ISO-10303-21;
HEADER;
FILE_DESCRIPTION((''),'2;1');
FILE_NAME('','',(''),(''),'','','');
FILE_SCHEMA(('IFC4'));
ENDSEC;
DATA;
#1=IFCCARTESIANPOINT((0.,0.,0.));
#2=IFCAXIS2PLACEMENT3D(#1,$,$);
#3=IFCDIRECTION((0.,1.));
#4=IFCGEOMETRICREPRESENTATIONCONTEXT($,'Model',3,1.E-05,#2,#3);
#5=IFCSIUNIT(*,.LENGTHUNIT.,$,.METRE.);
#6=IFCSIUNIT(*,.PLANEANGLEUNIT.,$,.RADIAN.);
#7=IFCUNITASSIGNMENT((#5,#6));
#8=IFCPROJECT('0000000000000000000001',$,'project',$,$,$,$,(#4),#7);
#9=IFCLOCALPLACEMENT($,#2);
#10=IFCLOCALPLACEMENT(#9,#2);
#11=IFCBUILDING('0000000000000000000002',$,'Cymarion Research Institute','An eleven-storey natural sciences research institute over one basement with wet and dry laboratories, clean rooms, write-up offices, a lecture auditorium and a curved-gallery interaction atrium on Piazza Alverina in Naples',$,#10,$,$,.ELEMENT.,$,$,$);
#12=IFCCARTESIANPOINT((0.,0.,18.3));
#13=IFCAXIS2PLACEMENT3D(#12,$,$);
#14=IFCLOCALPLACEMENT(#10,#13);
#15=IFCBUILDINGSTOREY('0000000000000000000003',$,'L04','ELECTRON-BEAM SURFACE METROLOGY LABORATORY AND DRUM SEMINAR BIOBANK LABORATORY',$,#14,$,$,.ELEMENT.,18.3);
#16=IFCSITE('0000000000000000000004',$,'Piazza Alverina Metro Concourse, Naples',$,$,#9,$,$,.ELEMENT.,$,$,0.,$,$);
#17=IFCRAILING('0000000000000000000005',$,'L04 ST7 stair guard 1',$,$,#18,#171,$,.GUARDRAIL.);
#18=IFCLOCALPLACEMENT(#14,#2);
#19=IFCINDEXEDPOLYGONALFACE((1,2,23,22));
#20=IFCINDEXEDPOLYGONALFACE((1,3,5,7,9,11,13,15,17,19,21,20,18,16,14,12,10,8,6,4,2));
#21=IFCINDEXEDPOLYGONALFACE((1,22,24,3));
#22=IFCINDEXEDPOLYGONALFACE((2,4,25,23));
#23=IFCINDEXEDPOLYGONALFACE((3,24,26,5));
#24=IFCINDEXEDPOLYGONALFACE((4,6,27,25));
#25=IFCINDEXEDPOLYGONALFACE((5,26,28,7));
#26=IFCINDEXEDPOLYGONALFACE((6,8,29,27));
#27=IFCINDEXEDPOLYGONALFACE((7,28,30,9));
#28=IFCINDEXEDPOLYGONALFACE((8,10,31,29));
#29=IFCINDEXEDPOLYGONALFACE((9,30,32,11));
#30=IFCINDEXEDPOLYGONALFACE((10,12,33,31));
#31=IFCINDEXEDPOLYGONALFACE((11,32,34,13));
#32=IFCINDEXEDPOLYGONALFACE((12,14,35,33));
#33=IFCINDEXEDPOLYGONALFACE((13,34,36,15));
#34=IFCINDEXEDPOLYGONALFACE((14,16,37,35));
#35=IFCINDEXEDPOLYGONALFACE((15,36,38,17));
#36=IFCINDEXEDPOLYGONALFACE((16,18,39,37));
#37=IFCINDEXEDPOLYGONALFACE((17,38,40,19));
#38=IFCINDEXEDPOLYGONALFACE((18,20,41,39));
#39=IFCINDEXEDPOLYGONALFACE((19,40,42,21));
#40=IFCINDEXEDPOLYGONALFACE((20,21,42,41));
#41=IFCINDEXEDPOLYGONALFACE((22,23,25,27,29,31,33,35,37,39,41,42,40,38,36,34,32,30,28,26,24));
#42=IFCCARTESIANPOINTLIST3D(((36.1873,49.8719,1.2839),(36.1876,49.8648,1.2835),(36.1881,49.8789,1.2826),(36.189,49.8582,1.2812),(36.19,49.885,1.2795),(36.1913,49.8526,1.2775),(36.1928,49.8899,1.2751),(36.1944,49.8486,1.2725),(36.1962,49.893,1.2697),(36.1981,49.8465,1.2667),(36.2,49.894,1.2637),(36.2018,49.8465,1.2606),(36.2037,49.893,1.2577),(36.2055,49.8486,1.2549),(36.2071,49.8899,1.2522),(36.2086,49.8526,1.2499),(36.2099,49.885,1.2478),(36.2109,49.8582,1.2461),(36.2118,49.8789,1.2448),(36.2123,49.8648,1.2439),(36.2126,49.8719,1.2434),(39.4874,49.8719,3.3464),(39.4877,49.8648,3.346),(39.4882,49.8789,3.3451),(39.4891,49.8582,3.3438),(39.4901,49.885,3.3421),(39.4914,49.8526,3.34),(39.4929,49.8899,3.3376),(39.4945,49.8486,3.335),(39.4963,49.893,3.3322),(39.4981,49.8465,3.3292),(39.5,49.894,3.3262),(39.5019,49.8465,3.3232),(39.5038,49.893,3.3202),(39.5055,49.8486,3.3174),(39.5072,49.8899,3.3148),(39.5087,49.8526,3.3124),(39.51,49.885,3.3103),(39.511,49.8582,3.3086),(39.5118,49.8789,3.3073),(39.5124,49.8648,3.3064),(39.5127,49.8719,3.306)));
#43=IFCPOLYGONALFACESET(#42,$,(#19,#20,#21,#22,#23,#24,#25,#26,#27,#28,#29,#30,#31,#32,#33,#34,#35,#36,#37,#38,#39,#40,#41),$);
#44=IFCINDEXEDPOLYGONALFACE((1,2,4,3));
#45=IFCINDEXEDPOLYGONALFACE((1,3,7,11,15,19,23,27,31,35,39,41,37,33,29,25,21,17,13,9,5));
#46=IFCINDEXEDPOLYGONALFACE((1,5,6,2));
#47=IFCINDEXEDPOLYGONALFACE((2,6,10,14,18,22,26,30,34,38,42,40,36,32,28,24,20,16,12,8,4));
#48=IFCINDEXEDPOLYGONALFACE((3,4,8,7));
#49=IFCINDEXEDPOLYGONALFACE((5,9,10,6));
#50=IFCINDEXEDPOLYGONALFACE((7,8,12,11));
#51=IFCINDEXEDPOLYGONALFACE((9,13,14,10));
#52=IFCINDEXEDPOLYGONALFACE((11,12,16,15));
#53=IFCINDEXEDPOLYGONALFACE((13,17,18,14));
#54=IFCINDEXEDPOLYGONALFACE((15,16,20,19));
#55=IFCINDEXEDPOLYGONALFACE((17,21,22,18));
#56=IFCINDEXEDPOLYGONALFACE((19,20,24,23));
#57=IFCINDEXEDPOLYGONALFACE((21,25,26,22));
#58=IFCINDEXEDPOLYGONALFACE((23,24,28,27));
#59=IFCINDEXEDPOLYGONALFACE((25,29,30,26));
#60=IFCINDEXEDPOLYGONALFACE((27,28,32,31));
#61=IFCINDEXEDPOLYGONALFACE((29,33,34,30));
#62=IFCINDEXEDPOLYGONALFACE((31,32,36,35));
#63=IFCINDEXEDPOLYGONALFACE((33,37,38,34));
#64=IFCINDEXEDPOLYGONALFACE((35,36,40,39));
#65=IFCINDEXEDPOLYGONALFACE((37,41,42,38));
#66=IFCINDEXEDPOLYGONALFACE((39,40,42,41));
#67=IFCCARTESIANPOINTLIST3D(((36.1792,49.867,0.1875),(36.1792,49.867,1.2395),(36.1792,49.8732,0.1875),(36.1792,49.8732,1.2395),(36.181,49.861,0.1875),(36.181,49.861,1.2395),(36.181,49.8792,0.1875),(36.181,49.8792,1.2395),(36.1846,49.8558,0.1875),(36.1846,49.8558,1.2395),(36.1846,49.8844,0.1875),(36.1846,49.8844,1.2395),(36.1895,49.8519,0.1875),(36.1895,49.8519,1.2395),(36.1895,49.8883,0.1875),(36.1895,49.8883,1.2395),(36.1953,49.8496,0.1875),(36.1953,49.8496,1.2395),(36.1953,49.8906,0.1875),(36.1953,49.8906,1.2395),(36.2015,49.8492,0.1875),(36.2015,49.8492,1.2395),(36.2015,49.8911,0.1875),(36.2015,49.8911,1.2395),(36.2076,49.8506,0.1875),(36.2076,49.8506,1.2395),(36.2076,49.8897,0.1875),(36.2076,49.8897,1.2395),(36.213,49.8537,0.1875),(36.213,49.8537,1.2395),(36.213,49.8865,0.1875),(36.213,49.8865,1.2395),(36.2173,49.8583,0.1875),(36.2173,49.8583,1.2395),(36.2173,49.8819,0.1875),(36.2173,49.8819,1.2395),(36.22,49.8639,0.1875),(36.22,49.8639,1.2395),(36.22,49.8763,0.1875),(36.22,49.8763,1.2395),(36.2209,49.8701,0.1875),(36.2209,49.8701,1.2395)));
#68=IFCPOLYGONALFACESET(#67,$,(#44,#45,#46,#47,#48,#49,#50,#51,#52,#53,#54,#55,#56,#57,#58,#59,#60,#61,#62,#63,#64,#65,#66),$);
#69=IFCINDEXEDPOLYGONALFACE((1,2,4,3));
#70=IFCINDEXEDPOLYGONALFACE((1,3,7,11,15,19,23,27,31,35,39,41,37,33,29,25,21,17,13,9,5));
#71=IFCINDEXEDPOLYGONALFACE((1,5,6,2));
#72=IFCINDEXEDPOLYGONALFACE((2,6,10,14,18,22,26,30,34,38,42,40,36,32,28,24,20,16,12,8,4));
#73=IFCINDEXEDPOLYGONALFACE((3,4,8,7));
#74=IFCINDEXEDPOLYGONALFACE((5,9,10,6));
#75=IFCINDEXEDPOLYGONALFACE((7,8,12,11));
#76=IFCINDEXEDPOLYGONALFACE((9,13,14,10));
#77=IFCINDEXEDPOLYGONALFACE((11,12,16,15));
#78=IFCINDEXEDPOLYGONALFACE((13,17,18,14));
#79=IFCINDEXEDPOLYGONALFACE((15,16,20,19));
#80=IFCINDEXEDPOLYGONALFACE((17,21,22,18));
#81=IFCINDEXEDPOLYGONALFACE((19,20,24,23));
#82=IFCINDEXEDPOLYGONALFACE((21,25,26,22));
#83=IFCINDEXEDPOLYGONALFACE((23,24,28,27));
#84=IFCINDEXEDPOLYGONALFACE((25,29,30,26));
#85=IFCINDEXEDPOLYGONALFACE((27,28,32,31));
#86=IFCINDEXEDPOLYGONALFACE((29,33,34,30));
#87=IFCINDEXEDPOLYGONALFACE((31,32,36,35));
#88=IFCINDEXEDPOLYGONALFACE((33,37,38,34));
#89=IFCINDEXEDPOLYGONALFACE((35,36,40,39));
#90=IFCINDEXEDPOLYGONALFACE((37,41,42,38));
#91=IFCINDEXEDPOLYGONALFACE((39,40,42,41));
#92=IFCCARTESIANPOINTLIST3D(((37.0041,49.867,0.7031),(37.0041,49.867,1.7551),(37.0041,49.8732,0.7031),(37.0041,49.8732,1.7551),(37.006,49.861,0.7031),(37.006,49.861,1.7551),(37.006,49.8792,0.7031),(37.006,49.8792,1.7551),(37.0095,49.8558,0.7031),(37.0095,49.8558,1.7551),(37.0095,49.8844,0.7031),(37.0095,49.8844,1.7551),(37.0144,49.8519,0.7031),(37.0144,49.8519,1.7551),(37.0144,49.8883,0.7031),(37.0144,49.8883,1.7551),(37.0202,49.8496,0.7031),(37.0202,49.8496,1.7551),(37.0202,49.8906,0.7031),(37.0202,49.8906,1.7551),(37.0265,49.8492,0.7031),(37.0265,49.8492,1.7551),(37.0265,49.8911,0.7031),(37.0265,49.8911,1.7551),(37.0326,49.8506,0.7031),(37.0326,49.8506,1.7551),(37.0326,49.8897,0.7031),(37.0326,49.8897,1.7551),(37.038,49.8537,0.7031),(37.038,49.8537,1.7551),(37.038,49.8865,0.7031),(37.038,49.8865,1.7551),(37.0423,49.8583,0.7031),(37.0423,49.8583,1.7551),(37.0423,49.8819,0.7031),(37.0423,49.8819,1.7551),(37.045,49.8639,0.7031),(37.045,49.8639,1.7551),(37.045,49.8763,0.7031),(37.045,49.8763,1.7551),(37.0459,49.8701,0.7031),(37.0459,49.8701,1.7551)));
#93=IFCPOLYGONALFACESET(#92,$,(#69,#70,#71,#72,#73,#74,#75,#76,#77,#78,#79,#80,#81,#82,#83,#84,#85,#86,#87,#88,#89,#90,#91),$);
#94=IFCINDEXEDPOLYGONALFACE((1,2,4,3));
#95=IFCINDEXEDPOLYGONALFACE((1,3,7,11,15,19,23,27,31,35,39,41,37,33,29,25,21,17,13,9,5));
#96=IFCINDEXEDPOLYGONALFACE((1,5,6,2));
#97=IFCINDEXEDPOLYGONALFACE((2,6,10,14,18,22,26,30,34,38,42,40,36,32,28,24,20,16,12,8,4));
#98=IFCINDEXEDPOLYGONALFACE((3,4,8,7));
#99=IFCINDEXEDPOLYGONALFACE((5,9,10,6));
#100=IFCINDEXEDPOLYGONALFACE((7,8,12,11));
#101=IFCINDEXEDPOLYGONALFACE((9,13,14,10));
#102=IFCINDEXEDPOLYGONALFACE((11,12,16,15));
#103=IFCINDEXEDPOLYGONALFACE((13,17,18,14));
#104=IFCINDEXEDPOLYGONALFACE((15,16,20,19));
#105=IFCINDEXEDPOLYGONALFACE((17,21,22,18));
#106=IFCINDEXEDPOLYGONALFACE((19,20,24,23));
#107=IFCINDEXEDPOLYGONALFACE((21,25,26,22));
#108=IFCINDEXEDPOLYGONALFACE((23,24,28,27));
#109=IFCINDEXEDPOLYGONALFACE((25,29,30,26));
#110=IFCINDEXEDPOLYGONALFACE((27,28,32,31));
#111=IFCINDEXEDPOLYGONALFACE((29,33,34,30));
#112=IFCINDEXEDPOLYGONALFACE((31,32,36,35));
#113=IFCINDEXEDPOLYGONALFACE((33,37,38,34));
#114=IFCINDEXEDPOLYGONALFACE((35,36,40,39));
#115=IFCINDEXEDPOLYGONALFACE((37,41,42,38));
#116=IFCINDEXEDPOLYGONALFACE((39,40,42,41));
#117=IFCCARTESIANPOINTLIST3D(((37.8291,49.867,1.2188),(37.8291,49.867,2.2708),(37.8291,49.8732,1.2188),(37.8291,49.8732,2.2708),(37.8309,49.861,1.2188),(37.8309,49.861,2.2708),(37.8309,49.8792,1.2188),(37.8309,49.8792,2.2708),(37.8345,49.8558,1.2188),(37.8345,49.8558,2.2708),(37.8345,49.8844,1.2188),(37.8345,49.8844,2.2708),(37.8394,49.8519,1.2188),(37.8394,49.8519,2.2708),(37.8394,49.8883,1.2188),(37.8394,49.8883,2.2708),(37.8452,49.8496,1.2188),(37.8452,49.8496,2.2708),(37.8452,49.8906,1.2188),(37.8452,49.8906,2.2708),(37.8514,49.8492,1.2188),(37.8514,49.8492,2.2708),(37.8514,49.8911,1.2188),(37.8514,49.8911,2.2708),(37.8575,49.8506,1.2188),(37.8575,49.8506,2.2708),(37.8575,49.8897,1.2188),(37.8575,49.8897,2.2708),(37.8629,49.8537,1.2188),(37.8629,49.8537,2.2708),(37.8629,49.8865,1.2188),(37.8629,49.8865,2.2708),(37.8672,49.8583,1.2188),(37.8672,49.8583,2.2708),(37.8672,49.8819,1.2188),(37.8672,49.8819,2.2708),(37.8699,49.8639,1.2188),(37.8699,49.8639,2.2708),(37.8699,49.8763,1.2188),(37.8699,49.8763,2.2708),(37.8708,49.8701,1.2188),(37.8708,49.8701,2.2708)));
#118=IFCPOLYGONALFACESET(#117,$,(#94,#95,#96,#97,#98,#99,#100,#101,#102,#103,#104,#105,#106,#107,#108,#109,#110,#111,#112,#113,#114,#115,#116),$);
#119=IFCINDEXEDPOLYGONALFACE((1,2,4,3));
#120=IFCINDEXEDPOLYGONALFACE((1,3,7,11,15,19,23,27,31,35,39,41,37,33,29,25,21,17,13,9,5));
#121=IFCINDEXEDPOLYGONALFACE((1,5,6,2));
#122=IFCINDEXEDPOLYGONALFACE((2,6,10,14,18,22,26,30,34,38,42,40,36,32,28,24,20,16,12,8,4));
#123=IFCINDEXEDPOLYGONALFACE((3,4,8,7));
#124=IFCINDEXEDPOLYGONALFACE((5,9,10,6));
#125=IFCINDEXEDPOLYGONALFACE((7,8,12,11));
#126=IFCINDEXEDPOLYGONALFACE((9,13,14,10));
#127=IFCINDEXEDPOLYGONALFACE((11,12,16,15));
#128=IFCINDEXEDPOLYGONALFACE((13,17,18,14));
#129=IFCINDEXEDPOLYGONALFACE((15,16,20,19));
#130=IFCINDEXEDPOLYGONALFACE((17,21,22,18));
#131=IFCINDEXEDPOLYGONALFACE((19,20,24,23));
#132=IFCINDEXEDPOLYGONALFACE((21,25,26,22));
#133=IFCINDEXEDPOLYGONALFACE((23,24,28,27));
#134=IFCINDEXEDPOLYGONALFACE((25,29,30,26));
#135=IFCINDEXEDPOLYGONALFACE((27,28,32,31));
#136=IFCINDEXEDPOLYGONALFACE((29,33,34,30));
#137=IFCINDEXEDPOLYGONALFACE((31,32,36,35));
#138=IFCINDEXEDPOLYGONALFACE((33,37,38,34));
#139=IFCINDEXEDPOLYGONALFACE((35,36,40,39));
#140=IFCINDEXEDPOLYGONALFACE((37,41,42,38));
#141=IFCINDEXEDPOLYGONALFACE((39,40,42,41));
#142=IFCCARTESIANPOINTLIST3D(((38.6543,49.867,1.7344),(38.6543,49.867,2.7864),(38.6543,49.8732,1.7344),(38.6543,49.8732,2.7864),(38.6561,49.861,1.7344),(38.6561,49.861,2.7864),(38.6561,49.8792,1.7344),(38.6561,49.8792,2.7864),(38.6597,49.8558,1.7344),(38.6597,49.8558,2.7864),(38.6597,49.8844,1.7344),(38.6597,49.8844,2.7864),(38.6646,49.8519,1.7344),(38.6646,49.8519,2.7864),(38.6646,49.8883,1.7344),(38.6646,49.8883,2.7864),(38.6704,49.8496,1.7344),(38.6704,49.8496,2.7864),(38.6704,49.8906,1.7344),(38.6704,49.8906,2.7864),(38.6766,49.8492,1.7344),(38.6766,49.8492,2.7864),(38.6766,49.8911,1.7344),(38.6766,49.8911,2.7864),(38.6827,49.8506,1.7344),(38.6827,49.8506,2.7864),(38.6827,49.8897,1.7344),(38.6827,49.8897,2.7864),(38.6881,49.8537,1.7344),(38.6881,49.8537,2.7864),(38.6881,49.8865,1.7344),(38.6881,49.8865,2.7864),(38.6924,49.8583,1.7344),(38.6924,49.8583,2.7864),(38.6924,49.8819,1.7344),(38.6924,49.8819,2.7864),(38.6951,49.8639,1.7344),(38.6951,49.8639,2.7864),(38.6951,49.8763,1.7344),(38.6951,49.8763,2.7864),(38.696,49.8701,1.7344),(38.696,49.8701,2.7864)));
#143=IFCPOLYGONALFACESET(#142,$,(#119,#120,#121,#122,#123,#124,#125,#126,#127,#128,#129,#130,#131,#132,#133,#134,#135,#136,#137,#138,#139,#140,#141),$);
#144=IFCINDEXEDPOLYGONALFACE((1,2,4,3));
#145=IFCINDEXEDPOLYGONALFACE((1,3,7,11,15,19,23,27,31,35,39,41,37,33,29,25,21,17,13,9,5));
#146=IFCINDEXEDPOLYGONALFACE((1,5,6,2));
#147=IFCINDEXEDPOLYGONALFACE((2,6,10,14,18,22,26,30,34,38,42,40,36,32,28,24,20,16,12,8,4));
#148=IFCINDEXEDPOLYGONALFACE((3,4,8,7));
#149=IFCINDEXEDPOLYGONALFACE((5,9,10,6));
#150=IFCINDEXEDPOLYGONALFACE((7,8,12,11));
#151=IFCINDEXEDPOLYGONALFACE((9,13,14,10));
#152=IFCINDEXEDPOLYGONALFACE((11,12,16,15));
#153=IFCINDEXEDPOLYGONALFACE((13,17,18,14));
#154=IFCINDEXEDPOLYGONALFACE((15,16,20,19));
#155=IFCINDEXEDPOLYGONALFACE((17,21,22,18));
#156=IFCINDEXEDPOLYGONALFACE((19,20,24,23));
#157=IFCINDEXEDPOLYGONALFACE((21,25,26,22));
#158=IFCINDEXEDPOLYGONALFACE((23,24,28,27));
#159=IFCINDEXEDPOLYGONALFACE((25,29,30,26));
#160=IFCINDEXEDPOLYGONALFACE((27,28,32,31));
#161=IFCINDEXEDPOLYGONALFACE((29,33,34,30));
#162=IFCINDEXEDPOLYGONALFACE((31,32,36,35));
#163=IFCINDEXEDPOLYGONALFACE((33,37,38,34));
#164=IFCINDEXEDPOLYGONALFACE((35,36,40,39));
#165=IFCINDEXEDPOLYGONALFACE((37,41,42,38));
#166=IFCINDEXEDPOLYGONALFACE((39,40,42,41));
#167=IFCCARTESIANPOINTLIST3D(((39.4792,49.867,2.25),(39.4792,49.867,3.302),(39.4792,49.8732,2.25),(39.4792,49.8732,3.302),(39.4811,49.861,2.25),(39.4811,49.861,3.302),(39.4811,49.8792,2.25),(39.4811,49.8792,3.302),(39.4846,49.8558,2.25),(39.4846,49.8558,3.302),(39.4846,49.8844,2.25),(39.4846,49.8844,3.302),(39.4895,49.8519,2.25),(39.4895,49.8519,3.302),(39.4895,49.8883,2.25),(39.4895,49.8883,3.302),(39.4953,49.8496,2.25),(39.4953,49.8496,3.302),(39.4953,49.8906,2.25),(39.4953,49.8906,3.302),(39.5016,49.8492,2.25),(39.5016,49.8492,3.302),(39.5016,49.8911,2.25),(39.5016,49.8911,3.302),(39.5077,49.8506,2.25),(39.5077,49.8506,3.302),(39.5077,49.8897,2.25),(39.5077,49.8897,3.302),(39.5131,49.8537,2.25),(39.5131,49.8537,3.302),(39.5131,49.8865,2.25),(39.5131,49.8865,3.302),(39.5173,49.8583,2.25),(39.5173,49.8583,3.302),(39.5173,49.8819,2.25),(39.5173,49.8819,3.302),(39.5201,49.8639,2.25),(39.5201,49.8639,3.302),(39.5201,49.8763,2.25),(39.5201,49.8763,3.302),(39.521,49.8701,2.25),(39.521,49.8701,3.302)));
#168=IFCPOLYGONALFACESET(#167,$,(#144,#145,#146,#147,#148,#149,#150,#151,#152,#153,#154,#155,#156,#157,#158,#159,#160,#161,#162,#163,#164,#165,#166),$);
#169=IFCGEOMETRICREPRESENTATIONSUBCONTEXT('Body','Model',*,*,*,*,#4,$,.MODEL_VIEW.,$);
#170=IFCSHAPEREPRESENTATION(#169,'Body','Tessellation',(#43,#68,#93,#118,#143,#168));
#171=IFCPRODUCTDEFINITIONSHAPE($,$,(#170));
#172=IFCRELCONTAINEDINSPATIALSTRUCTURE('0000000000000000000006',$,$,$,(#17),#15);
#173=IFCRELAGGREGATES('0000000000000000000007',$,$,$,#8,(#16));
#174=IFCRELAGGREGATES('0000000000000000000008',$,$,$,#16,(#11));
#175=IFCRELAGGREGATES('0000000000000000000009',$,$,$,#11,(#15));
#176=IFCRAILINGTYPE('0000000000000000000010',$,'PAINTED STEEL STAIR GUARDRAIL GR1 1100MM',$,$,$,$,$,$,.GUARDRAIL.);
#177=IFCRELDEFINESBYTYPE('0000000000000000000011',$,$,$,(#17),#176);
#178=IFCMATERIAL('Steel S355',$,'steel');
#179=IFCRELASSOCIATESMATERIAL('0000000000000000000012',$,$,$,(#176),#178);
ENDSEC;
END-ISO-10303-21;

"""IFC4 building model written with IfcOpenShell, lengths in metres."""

from ifc_helpers import new_model, si_unit, direction, frame, origin, origin_2d, place, context, subcontext, project, spatial, circle, extrude, material, type_object, element, save


model = new_model("IFC4")

# Units and contexts
model_context = context("Model", 3, precision=1e-05, world=origin(), true_north=direction((0.0, 1.0)))
body_context = subcontext(model_context, "Body", "Model", "MODEL_VIEW")
ifc_project = project(units=[si_unit("LENGTHUNIT", "METRE"), si_unit("PLANEANGLEUNIT", "RADIAN")], contexts=[model_context])

# Site, building, storey
site_placement = place(None, origin())
site = spatial("IfcSite", under=ifc_project, at=site_placement, Name="Piazza Alverina Metro Concourse, Naples", CompositionType="ELEMENT", RefElevation=0.0)
building_placement = place(site_placement, origin())
building = spatial("IfcBuilding", under=site, at=building_placement, Name="Cymarion Research Institute", Description="An eleven-storey natural sciences research institute over one basement with wet and dry laboratories, clean rooms, write-up offices, a lecture auditorium and a curved-gallery interaction atrium on Piazza Alverina in Naples", CompositionType="ELEMENT")
storey_placement = place(building_placement, frame((0.0, 0.0, 18.3)))
storey = spatial("IfcBuildingStorey", under=building, at=storey_placement, Name="L04", Description="ELECTRON-BEAM SURFACE METROLOGY LABORATORY AND DRUM SEMINAR BIOBANK LABORATORY", CompositionType="ELEMENT", Elevation=18.3)

# Shared definitions
ifc_material_1 = material(Name="Steel S355", Category="steel")

# Railing
railing_type_1 = type_object("IfcRailingType", Name="PAINTED STEEL STAIR GUARDRAIL GR1 1100MM", PredefinedType="GUARDRAIL", material=ifc_material_1)
railing_1_placement = place(storey_placement, frame((36.2, 49.8701, 0.1875)))
element("IfcRailing", 1, at=railing_1_placement, inside=storey, type_object=railing_type_1, Name="L04 ST7 stair guard 1", PredefinedType="GUARDRAIL", context=body_context, shape_type="SweptSolid", body=[
    extrude(circle(Radius=0.0239, at=origin_2d()), frame((0.0, 0.0, 1.0762), z_axis=(0.848002, 0.0, 0.529993), x_axis=(0.0, 1.0, 0.0)), (0.0, 0.0, 1.0), 3.8916),
    extrude(circle(Radius=0.021, at=origin_2d()), origin(), (0.0, 0.0, 1.0), 1.052),
    extrude(circle(Radius=0.021, at=origin_2d()), frame((0.825, 0.0, 0.5156)), (0.0, 0.0, 1.0), 1.052),
    extrude(circle(Radius=0.021, at=origin_2d()), frame((1.6499, 0.0, 1.0312)), (0.0, 0.0, 1.0), 1.052),
    extrude(circle(Radius=0.021, at=origin_2d()), frame((2.4751, 0.0, 1.5469)), (0.0, 0.0, 1.0), 1.052),
    extrude(circle(Radius=0.021, at=origin_2d()), frame((3.3, 0.0, 2.0625)), (0.0, 0.0, 1.0), 1.052),
])

save(model, "model.ifc")
